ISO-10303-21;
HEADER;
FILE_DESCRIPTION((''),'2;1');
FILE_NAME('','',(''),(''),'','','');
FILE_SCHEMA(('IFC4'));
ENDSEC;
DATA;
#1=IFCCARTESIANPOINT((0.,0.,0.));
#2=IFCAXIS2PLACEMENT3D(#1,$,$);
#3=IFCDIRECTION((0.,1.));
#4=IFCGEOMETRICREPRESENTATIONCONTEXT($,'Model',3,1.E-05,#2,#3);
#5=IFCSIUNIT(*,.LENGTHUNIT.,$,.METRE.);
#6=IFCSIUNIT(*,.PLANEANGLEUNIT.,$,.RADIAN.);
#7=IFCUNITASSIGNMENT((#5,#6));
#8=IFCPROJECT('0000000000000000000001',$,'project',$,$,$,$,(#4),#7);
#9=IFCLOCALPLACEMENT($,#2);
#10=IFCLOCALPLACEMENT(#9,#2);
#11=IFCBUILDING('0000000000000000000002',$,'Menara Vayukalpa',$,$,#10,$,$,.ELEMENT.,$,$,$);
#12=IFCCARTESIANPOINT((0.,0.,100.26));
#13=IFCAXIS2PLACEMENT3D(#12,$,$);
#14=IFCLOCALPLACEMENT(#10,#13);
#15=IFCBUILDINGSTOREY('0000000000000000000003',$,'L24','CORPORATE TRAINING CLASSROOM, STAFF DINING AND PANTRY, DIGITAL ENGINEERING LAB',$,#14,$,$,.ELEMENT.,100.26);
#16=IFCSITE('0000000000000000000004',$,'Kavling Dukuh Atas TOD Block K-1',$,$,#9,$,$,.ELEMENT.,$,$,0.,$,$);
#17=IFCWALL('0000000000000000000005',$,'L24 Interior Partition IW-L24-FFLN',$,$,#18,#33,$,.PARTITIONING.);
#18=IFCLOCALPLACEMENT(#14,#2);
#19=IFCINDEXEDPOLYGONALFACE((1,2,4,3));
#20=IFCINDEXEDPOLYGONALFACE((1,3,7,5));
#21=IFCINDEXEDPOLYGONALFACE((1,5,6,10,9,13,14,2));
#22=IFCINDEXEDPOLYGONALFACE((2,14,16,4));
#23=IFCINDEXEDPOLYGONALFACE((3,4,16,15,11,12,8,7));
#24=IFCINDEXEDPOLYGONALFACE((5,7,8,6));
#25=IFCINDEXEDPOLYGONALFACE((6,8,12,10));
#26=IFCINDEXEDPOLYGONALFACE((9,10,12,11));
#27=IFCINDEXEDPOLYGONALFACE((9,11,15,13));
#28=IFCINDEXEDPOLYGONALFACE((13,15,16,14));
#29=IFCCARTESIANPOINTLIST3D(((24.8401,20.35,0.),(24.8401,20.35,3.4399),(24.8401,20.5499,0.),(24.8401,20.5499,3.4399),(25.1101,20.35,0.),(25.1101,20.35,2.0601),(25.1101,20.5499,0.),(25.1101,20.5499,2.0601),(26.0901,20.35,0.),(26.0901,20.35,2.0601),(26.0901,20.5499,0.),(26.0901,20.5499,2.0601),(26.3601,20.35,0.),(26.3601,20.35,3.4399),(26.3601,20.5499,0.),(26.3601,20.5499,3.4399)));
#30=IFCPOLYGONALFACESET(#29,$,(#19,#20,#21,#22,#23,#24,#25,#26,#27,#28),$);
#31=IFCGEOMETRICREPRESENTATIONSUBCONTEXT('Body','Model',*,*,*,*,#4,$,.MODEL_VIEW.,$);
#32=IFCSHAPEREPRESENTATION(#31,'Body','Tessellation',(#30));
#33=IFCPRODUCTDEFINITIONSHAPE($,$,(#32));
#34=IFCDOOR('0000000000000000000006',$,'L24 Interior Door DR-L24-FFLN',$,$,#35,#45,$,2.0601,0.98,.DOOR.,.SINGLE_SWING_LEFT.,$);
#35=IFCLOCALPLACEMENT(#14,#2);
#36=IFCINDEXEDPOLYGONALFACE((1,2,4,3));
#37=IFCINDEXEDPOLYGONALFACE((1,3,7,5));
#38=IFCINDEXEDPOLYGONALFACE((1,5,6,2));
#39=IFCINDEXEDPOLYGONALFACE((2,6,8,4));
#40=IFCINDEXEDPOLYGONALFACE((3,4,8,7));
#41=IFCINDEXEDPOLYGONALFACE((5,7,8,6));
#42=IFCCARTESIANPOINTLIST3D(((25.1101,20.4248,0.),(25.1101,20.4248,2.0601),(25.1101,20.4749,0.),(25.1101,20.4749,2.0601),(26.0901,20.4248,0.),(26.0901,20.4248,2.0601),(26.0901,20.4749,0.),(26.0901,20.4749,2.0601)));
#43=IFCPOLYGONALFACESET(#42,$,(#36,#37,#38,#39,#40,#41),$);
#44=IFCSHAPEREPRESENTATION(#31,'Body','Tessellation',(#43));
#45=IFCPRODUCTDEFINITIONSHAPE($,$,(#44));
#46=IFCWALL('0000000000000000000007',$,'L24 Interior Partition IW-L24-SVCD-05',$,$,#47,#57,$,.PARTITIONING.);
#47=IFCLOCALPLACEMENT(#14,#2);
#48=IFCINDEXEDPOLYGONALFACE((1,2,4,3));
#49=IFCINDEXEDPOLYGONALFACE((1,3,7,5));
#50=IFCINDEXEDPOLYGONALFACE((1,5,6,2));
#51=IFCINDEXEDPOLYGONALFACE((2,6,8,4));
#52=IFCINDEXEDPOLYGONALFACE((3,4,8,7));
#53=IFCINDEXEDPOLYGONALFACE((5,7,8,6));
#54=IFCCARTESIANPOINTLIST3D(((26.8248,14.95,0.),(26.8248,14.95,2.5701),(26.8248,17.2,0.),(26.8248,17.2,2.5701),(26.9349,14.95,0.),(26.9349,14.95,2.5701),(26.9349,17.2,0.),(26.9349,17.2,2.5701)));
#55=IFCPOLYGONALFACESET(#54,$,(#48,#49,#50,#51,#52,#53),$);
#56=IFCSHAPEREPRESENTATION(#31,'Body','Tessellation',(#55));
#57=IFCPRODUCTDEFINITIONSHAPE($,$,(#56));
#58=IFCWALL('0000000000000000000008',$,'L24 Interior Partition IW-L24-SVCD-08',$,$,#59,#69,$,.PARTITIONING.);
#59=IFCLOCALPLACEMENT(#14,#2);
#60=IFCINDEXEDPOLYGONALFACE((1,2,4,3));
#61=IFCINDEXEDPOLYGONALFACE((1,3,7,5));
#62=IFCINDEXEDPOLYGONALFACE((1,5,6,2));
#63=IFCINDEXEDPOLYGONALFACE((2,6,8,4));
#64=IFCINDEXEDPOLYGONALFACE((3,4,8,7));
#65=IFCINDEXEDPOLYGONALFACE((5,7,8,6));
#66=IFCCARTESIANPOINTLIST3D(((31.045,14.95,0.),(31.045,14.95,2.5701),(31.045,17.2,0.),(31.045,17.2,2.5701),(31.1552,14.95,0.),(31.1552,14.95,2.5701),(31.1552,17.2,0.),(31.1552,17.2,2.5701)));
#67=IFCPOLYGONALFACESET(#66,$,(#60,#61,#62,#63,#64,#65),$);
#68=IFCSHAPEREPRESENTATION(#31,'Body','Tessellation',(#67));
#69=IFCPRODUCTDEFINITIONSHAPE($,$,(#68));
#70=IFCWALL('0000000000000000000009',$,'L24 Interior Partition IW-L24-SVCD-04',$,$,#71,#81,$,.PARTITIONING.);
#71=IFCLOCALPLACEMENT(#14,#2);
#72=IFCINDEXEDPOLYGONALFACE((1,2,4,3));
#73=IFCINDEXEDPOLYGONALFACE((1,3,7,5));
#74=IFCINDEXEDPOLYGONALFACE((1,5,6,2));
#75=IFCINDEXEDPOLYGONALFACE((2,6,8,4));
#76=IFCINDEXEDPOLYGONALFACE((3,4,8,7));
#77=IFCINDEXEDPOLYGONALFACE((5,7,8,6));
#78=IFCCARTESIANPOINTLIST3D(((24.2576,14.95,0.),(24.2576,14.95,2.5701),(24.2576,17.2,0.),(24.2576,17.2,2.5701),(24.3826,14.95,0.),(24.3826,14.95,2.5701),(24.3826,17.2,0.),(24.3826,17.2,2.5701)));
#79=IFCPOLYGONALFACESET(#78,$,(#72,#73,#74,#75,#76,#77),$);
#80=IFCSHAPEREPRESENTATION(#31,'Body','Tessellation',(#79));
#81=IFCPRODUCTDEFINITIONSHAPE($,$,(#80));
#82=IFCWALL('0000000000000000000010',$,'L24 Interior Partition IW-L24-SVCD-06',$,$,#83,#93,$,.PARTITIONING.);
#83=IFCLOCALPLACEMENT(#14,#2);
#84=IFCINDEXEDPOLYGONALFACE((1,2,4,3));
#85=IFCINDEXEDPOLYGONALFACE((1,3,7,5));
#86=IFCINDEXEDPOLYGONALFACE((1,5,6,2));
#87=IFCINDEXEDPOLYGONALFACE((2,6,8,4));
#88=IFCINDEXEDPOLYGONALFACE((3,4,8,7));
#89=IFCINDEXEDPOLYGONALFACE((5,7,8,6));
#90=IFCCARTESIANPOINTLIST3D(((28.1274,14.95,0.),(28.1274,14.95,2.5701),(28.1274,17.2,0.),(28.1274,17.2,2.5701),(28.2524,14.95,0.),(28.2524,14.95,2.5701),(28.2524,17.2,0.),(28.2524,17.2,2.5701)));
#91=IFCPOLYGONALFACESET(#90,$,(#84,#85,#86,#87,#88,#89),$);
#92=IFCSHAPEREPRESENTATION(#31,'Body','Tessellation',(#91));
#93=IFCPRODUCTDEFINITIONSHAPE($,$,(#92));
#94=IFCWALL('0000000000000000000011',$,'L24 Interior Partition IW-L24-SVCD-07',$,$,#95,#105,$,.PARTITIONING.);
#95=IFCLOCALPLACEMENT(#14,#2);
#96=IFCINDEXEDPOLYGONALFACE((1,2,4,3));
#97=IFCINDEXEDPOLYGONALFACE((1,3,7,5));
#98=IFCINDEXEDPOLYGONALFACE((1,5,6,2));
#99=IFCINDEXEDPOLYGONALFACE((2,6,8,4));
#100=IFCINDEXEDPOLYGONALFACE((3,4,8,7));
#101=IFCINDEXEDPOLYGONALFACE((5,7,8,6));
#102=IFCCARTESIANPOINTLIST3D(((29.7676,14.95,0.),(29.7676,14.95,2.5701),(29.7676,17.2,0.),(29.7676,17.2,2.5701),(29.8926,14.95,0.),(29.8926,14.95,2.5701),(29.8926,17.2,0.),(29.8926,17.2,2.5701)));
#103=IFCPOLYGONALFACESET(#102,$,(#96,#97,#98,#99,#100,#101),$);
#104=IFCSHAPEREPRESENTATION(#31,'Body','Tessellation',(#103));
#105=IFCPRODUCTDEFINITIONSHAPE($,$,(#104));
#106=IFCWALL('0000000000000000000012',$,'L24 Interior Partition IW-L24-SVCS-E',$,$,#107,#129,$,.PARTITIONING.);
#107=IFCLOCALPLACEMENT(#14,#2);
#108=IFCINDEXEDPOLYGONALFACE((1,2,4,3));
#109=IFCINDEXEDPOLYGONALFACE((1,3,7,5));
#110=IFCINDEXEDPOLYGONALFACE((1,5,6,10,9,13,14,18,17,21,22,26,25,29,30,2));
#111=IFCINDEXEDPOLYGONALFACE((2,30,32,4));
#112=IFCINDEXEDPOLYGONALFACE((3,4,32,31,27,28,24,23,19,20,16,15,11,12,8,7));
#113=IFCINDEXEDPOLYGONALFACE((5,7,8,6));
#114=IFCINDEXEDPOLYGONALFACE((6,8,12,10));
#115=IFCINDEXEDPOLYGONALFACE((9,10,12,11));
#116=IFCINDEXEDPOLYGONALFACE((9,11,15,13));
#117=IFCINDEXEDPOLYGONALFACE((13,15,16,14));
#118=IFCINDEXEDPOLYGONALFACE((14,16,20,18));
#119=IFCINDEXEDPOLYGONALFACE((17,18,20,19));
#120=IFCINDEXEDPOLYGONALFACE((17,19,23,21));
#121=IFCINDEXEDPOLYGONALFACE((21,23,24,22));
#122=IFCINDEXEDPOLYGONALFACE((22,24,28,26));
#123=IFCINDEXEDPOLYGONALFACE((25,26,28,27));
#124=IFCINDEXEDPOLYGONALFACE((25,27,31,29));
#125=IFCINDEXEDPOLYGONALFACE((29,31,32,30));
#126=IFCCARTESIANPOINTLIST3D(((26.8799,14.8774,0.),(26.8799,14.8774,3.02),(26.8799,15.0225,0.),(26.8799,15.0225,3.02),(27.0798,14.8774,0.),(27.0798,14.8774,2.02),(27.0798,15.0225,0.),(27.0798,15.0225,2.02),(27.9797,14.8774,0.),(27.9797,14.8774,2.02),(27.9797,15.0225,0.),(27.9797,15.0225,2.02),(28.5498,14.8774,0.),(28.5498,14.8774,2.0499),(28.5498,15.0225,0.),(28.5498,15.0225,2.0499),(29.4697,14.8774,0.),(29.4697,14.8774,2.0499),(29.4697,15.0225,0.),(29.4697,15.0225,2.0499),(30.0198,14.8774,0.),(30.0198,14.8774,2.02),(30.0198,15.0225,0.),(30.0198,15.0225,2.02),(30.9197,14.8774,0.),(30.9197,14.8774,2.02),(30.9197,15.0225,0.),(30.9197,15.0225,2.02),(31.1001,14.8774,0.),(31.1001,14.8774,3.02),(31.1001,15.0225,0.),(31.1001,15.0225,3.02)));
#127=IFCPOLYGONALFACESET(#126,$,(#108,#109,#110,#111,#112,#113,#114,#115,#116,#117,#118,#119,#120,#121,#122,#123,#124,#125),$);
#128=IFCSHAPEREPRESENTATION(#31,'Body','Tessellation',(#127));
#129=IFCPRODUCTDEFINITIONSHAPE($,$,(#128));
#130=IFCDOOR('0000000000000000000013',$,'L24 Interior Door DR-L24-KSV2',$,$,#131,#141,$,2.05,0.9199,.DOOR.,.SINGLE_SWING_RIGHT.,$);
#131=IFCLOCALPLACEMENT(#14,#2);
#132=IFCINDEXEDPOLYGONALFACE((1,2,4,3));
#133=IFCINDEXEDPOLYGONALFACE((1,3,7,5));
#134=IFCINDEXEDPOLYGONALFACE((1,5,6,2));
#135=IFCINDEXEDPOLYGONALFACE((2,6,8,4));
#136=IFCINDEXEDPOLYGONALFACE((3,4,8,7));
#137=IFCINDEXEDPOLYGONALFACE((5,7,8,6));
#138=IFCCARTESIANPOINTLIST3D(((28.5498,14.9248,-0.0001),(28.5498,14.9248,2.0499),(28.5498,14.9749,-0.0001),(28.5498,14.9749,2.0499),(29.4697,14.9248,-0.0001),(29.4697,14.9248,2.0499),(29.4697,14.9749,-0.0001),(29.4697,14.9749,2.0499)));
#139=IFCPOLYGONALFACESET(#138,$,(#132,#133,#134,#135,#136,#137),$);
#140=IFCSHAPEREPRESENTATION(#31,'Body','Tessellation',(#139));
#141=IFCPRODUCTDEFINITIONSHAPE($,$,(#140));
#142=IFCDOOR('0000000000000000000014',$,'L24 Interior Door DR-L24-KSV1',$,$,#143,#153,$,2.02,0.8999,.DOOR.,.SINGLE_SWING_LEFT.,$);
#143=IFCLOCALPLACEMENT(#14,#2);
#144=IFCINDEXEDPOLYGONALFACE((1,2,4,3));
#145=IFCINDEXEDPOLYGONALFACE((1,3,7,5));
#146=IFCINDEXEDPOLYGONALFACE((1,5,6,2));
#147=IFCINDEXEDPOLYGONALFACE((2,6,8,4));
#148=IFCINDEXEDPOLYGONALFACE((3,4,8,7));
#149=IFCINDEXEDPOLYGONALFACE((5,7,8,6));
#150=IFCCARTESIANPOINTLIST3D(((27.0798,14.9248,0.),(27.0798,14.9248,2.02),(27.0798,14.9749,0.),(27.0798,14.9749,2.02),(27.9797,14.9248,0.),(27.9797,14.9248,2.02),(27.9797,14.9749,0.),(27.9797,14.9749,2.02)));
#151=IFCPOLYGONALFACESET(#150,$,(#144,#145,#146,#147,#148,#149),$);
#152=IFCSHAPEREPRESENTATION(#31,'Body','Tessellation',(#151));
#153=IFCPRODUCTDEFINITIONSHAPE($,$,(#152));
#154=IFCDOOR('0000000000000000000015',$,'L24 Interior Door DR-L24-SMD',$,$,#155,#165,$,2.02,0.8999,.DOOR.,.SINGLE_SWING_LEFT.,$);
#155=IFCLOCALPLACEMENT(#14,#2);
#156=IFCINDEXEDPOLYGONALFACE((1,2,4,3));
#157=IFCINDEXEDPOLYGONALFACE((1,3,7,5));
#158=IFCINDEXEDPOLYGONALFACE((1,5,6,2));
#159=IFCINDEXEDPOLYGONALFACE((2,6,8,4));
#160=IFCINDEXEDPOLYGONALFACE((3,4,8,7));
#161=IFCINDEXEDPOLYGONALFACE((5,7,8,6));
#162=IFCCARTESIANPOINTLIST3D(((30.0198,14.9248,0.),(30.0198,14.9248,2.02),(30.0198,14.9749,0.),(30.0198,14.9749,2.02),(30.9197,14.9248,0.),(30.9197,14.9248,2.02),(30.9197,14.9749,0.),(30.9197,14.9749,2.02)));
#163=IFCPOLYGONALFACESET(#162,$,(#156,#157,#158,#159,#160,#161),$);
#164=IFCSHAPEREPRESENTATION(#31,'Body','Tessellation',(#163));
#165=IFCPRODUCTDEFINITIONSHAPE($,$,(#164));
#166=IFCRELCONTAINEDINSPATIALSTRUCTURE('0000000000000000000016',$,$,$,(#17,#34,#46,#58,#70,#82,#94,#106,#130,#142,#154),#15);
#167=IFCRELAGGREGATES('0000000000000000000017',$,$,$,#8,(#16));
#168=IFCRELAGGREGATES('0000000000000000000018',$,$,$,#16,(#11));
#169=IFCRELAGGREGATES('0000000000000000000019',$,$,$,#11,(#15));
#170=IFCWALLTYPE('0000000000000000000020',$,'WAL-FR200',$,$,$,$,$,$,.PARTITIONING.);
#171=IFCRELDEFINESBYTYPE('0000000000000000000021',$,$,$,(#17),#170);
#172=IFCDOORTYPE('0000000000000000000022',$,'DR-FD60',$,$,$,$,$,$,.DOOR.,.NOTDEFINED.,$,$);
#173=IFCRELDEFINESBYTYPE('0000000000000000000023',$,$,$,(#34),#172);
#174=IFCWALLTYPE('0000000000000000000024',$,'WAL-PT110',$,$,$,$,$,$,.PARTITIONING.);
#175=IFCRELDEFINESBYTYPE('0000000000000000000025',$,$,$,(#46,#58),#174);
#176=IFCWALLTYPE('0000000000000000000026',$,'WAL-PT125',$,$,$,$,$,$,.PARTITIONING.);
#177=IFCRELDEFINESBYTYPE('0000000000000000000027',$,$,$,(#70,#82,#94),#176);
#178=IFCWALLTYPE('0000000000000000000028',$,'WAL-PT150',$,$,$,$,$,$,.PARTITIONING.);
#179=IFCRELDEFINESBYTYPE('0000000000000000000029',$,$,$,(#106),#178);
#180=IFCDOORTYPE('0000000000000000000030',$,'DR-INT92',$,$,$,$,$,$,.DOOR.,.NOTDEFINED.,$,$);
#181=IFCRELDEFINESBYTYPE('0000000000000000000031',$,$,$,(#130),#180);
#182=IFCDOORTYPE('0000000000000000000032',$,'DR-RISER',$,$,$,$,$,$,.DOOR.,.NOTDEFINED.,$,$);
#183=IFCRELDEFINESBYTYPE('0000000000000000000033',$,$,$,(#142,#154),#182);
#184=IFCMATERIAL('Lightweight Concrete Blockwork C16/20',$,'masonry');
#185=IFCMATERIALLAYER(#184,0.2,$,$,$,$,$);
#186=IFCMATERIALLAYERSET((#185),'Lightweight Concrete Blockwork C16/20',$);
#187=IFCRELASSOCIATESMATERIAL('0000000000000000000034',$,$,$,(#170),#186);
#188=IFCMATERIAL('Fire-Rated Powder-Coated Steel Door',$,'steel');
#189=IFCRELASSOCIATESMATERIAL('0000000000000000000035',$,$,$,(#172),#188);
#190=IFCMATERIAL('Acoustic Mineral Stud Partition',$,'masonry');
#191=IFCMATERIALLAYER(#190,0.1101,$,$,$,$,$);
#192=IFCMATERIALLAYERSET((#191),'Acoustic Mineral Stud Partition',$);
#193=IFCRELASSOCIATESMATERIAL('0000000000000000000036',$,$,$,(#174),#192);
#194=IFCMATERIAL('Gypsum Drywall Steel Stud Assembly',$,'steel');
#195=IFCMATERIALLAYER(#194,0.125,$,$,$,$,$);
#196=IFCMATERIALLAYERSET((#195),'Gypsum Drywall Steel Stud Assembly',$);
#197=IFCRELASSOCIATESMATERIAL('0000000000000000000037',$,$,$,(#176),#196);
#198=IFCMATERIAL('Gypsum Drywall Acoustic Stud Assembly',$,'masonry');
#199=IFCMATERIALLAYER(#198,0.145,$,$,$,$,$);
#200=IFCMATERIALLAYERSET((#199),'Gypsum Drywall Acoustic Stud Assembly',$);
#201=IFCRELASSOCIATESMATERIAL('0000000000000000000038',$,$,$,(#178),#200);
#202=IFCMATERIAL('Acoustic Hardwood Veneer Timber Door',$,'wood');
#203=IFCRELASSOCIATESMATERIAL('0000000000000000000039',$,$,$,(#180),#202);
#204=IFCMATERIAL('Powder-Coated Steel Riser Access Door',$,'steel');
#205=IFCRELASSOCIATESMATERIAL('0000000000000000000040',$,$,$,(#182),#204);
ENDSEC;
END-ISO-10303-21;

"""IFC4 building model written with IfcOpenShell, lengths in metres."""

from ifc_helpers import new_model, si_unit, direction, frame, frame_2d, origin, place, context, subcontext, project, spatial, rectangle, extrude, material, layer, layer_set, type_object, element, fill, save


model = new_model("IFC4")

# Units and contexts
model_context = context("Model", 3, precision=1e-05, world=origin(), true_north=direction((0.0, 1.0)))
body_context = subcontext(model_context, "Body", "Model", "MODEL_VIEW")
ifc_project = project(units=[si_unit("LENGTHUNIT", "METRE"), si_unit("PLANEANGLEUNIT", "RADIAN")], contexts=[model_context])

# Site, building, storey
site_placement = place(None, origin())
site = spatial("IfcSite", under=ifc_project, at=site_placement, Name="Kavling Dukuh Atas TOD Block K-1", CompositionType="ELEMENT", RefElevation=0.0)
building_placement = place(site_placement, origin())
building = spatial("IfcBuilding", under=site, at=building_placement, Name="Menara Vayukalpa", CompositionType="ELEMENT")
storey_placement = place(building_placement, frame((0.0, 0.0, 100.26)))
storey = spatial("IfcBuildingStorey", under=building, at=storey_placement, Name="L24", Description="CORPORATE TRAINING CLASSROOM, STAFF DINING AND PANTRY, DIGITAL ENGINEERING LAB", CompositionType="ELEMENT", Elevation=100.26)

# Wall, opening, door
ifc_material_1 = material(Name="Lightweight Concrete Blockwork C16/20", Category="masonry")
ifc_layer_1 = layer(ifc_material_1, 0.2)
ifc_layer_set_1 = layer_set([ifc_layer_1], Name="Lightweight Concrete Blockwork C16/20")
wall_type_1 = type_object("IfcWallType", Name="WAL-FR200", PredefinedType="PARTITIONING", material=ifc_layer_set_1)
wall_1_placement = place(storey_placement, frame((24.8401, 20.45, 0.0), z_axis=(0.0, 0.0, 1.0), x_axis=(1.0, 0.0, 0.0)))
wall_1 = element("IfcWall", 1, at=wall_1_placement, inside=storey, type_object=wall_type_1, Name="L24 Interior Partition IW-L24-FFLN", PredefinedType="PARTITIONING", context=body_context, shape_type="SweptSolid", body=[
    extrude(rectangle(XDim=1.52, YDim=0.2, at=frame_2d((0.76, 0.0))), origin(), (0.0, 0.0, 1.0), 3.4399),
])
opening_1_placement = place(wall_1_placement, frame((0.27, 0.0, 0.0)))
opening_1 = element("IfcOpeningElement", 2, at=opening_1_placement, cuts=wall_1, PredefinedType="OPENING", context=body_context, shape_type="SweptSolid", body=[
    extrude(rectangle(XDim=0.98, YDim=2.0601, at=frame_2d((0.49, 1.03))), frame((0.0, 0.1099, 0.0), z_axis=(0.0, -1.0, 0.0), x_axis=(1.0, 0.0, 0.0)), (0.0, 0.0, 1.0), 0.22),
])
ifc_material_2 = material(Name="Fire-Rated Powder-Coated Steel Door", Category="steel")
door_type_1 = type_object("IfcDoorType", Name="DR-FD60", OperationType="NOTDEFINED", PredefinedType="DOOR", material=ifc_material_2)
door_1_placement = place(opening_1_placement, origin())
door_1 = element("IfcDoor", 3, at=door_1_placement, inside=storey, type_object=door_type_1, Name="L24 Interior Door DR-L24-FFLN", OperationType="SINGLE_SWING_LEFT", OverallHeight=2.0601, OverallWidth=0.98, PredefinedType="DOOR", context=body_context, shape_type="SweptSolid", body=[
    extrude(rectangle(XDim=0.98, YDim=2.0601, at=frame_2d((0.49, 1.03))), frame((0.0, 0.0249, 0.0), z_axis=(0.0, -1.0, 0.0), x_axis=(1.0, 0.0, 0.0)), (0.0, 0.0, 1.0), 0.05),
])
fill(opening_1, door_1)

# Walls
ifc_material_3 = material(Name="Acoustic Mineral Stud Partition", Category="masonry")
ifc_layer_2 = layer(ifc_material_3, 0.1101)
ifc_layer_set_2 = layer_set([ifc_layer_2], Name="Acoustic Mineral Stud Partition")
wall_type_2 = type_object("IfcWallType", Name="WAL-PT110", PredefinedType="PARTITIONING", material=ifc_layer_set_2)
for number, where, z_axis, x_axis, name in (
    (4, (26.8799, 14.95, 0.0), (0.0, 0.0, 1.0), (0.0, 1.0, 0.0), "L24 Interior Partition IW-L24-SVCD-05"),
    (5, (31.1001, 14.95, 0.0), (0.0, 0.0, 1.0), (0.0, 1.0, 0.0), "L24 Interior Partition IW-L24-SVCD-08"),
):
    element("IfcWall", number, at=place(storey_placement, frame(where, z_axis=z_axis, x_axis=x_axis)), inside=storey, type_object=wall_type_2, Name=name, PredefinedType="PARTITIONING", context=body_context, shape_type="SweptSolid", body=[
        extrude(rectangle(XDim=2.25, YDim=0.1101, at=frame_2d((1.125, 0.0))), origin(), (0.0, 0.0, 1.0), 2.5701),
    ])
ifc_material_4 = material(Name="Gypsum Drywall Steel Stud Assembly", Category="steel")
ifc_layer_3 = layer(ifc_material_4, 0.125)
ifc_layer_set_3 = layer_set([ifc_layer_3], Name="Gypsum Drywall Steel Stud Assembly")
wall_type_3 = type_object("IfcWallType", Name="WAL-PT125", PredefinedType="PARTITIONING", material=ifc_layer_set_3)
for number, where, z_axis, x_axis, name in (
    (6, (24.3201, 14.95, 0.0), (0.0, 0.0, 1.0), (0.0, 1.0, 0.0), "L24 Interior Partition IW-L24-SVCD-04"),
    (7, (28.1899, 14.95, 0.0), (0.0, 0.0, 1.0), (0.0, 1.0, 0.0), "L24 Interior Partition IW-L24-SVCD-06"),
    (8, (29.8301, 14.95, 0.0), (0.0, 0.0, 1.0), (0.0, 1.0, 0.0), "L24 Interior Partition IW-L24-SVCD-07"),
):
    element("IfcWall", number, at=place(storey_placement, frame(where, z_axis=z_axis, x_axis=x_axis)), inside=storey, type_object=wall_type_3, Name=name, PredefinedType="PARTITIONING", context=body_context, shape_type="SweptSolid", body=[
        extrude(rectangle(XDim=2.25, YDim=0.125, at=frame_2d((1.125, 0.0))), origin(), (0.0, 0.0, 1.0), 2.5701),
    ])

# Wall, openings, doors
ifc_material_5 = material(Name="Gypsum Drywall Acoustic Stud Assembly", Category="masonry")
ifc_layer_4 = layer(ifc_material_5, 0.145)
ifc_layer_set_4 = layer_set([ifc_layer_4], Name="Gypsum Drywall Acoustic Stud Assembly")
wall_type_4 = type_object("IfcWallType", Name="WAL-PT150", PredefinedType="PARTITIONING", material=ifc_layer_set_4)
wall_2_placement = place(storey_placement, frame((26.8799, 14.95, 0.0), z_axis=(0.0, 0.0, 1.0), x_axis=(1.0, 0.0, 0.0)))
wall_2 = element("IfcWall", 9, at=wall_2_placement, inside=storey, type_object=wall_type_4, Name="L24 Interior Partition IW-L24-SVCS-E", PredefinedType="PARTITIONING", context=body_context, shape_type="SweptSolid", body=[
    extrude(rectangle(XDim=4.2202, YDim=0.145, at=frame_2d((2.1101, 0.0))), origin(), (0.0, 0.0, 1.0), 3.02),
])
opening_2_placement = place(wall_2_placement, frame((0.2, 0.0, 0.0)))
opening_2 = element("IfcOpeningElement", 10, at=opening_2_placement, cuts=wall_2, PredefinedType="OPENING", context=body_context, shape_type="SweptSolid", body=[
    extrude(rectangle(XDim=0.8999, YDim=2.02, at=frame_2d((0.45, 1.01))), frame((0.0, 0.0825, 0.0), z_axis=(0.0, -1.0, 0.0), x_axis=(1.0, 0.0, 0.0)), (0.0, 0.0, 1.0), 0.165),
])
opening_3_placement = place(wall_2_placement, frame((1.6699, 0.0, 0.0)))
opening_3 = element("IfcOpeningElement", 11, at=opening_3_placement, cuts=wall_2, PredefinedType="OPENING", context=body_context, shape_type="SweptSolid", body=[
    extrude(rectangle(XDim=0.9199, YDim=2.05, at=frame_2d((0.46, 1.0249))), frame((0.0, 0.0825, 0.0), z_axis=(0.0, -1.0, 0.0), x_axis=(1.0, 0.0, 0.0)), (0.0, 0.0, 1.0), 0.165),
])
opening_4_placement = place(wall_2_placement, frame((3.1399, 0.0, 0.0)))
opening_4 = element("IfcOpeningElement", 12, at=opening_4_placement, cuts=wall_2, PredefinedType="OPENING", context=body_context, shape_type="SweptSolid", body=[
    extrude(rectangle(XDim=0.8999, YDim=2.02, at=frame_2d((0.45, 1.01))), frame((0.0, 0.0825, 0.0), z_axis=(0.0, -1.0, 0.0), x_axis=(1.0, 0.0, 0.0)), (0.0, 0.0, 1.0), 0.165),
])
ifc_material_6 = material(Name="Acoustic Hardwood Veneer Timber Door", Category="wood")
door_type_2 = type_object("IfcDoorType", Name="DR-INT92", OperationType="NOTDEFINED", PredefinedType="DOOR", material=ifc_material_6)
door_2_placement = place(opening_3_placement, origin())
door_2 = element("IfcDoor", 13, at=door_2_placement, inside=storey, type_object=door_type_2, Name="L24 Interior Door DR-L24-KSV2", OperationType="SINGLE_SWING_RIGHT", OverallHeight=2.05, OverallWidth=0.9199, PredefinedType="DOOR", context=body_context, shape_type="SweptSolid", body=[
    extrude(rectangle(XDim=0.9199, YDim=2.05, at=frame_2d((0.46, 1.0249))), frame((0.0, 0.0249, 0.0), z_axis=(0.0, -1.0, 0.0), x_axis=(1.0, 0.0, 0.0)), (0.0, 0.0, 1.0), 0.05),
])
fill(opening_3, door_2)
ifc_material_7 = material(Name="Powder-Coated Steel Riser Access Door", Category="steel")
door_type_3 = type_object("IfcDoorType", Name="DR-RISER", OperationType="NOTDEFINED", PredefinedType="DOOR", material=ifc_material_7)
door_3_placement = place(opening_2_placement, origin())
door_3 = element("IfcDoor", 14, at=door_3_placement, inside=storey, type_object=door_type_3, Name="L24 Interior Door DR-L24-KSV1", OperationType="SINGLE_SWING_LEFT", OverallHeight=2.02, OverallWidth=0.8999, PredefinedType="DOOR", context=body_context, shape_type="SweptSolid", body=[
    extrude(rectangle(XDim=0.8999, YDim=2.02, at=frame_2d((0.45, 1.01))), frame((0.0, 0.0249, 0.0), z_axis=(0.0, -1.0, 0.0), x_axis=(1.0, 0.0, 0.0)), (0.0, 0.0, 1.0), 0.05),
])
fill(opening_2, door_3)
door_4_placement = place(opening_4_placement, origin())
door_4 = element("IfcDoor", 15, at=door_4_placement, inside=storey, type_object=door_type_3, Name="L24 Interior Door DR-L24-SMD", OperationType="SINGLE_SWING_LEFT", OverallHeight=2.02, OverallWidth=0.8999, PredefinedType="DOOR", context=body_context, shape_type="SweptSolid", body=[
    extrude(rectangle(XDim=0.8999, YDim=2.02, at=frame_2d((0.45, 1.01))), frame((0.0, 0.0249, 0.0), z_axis=(0.0, -1.0, 0.0), x_axis=(1.0, 0.0, 0.0)), (0.0, 0.0, 1.0), 0.05),
])
fill(opening_4, door_4)

save(model, "model.ifc")
